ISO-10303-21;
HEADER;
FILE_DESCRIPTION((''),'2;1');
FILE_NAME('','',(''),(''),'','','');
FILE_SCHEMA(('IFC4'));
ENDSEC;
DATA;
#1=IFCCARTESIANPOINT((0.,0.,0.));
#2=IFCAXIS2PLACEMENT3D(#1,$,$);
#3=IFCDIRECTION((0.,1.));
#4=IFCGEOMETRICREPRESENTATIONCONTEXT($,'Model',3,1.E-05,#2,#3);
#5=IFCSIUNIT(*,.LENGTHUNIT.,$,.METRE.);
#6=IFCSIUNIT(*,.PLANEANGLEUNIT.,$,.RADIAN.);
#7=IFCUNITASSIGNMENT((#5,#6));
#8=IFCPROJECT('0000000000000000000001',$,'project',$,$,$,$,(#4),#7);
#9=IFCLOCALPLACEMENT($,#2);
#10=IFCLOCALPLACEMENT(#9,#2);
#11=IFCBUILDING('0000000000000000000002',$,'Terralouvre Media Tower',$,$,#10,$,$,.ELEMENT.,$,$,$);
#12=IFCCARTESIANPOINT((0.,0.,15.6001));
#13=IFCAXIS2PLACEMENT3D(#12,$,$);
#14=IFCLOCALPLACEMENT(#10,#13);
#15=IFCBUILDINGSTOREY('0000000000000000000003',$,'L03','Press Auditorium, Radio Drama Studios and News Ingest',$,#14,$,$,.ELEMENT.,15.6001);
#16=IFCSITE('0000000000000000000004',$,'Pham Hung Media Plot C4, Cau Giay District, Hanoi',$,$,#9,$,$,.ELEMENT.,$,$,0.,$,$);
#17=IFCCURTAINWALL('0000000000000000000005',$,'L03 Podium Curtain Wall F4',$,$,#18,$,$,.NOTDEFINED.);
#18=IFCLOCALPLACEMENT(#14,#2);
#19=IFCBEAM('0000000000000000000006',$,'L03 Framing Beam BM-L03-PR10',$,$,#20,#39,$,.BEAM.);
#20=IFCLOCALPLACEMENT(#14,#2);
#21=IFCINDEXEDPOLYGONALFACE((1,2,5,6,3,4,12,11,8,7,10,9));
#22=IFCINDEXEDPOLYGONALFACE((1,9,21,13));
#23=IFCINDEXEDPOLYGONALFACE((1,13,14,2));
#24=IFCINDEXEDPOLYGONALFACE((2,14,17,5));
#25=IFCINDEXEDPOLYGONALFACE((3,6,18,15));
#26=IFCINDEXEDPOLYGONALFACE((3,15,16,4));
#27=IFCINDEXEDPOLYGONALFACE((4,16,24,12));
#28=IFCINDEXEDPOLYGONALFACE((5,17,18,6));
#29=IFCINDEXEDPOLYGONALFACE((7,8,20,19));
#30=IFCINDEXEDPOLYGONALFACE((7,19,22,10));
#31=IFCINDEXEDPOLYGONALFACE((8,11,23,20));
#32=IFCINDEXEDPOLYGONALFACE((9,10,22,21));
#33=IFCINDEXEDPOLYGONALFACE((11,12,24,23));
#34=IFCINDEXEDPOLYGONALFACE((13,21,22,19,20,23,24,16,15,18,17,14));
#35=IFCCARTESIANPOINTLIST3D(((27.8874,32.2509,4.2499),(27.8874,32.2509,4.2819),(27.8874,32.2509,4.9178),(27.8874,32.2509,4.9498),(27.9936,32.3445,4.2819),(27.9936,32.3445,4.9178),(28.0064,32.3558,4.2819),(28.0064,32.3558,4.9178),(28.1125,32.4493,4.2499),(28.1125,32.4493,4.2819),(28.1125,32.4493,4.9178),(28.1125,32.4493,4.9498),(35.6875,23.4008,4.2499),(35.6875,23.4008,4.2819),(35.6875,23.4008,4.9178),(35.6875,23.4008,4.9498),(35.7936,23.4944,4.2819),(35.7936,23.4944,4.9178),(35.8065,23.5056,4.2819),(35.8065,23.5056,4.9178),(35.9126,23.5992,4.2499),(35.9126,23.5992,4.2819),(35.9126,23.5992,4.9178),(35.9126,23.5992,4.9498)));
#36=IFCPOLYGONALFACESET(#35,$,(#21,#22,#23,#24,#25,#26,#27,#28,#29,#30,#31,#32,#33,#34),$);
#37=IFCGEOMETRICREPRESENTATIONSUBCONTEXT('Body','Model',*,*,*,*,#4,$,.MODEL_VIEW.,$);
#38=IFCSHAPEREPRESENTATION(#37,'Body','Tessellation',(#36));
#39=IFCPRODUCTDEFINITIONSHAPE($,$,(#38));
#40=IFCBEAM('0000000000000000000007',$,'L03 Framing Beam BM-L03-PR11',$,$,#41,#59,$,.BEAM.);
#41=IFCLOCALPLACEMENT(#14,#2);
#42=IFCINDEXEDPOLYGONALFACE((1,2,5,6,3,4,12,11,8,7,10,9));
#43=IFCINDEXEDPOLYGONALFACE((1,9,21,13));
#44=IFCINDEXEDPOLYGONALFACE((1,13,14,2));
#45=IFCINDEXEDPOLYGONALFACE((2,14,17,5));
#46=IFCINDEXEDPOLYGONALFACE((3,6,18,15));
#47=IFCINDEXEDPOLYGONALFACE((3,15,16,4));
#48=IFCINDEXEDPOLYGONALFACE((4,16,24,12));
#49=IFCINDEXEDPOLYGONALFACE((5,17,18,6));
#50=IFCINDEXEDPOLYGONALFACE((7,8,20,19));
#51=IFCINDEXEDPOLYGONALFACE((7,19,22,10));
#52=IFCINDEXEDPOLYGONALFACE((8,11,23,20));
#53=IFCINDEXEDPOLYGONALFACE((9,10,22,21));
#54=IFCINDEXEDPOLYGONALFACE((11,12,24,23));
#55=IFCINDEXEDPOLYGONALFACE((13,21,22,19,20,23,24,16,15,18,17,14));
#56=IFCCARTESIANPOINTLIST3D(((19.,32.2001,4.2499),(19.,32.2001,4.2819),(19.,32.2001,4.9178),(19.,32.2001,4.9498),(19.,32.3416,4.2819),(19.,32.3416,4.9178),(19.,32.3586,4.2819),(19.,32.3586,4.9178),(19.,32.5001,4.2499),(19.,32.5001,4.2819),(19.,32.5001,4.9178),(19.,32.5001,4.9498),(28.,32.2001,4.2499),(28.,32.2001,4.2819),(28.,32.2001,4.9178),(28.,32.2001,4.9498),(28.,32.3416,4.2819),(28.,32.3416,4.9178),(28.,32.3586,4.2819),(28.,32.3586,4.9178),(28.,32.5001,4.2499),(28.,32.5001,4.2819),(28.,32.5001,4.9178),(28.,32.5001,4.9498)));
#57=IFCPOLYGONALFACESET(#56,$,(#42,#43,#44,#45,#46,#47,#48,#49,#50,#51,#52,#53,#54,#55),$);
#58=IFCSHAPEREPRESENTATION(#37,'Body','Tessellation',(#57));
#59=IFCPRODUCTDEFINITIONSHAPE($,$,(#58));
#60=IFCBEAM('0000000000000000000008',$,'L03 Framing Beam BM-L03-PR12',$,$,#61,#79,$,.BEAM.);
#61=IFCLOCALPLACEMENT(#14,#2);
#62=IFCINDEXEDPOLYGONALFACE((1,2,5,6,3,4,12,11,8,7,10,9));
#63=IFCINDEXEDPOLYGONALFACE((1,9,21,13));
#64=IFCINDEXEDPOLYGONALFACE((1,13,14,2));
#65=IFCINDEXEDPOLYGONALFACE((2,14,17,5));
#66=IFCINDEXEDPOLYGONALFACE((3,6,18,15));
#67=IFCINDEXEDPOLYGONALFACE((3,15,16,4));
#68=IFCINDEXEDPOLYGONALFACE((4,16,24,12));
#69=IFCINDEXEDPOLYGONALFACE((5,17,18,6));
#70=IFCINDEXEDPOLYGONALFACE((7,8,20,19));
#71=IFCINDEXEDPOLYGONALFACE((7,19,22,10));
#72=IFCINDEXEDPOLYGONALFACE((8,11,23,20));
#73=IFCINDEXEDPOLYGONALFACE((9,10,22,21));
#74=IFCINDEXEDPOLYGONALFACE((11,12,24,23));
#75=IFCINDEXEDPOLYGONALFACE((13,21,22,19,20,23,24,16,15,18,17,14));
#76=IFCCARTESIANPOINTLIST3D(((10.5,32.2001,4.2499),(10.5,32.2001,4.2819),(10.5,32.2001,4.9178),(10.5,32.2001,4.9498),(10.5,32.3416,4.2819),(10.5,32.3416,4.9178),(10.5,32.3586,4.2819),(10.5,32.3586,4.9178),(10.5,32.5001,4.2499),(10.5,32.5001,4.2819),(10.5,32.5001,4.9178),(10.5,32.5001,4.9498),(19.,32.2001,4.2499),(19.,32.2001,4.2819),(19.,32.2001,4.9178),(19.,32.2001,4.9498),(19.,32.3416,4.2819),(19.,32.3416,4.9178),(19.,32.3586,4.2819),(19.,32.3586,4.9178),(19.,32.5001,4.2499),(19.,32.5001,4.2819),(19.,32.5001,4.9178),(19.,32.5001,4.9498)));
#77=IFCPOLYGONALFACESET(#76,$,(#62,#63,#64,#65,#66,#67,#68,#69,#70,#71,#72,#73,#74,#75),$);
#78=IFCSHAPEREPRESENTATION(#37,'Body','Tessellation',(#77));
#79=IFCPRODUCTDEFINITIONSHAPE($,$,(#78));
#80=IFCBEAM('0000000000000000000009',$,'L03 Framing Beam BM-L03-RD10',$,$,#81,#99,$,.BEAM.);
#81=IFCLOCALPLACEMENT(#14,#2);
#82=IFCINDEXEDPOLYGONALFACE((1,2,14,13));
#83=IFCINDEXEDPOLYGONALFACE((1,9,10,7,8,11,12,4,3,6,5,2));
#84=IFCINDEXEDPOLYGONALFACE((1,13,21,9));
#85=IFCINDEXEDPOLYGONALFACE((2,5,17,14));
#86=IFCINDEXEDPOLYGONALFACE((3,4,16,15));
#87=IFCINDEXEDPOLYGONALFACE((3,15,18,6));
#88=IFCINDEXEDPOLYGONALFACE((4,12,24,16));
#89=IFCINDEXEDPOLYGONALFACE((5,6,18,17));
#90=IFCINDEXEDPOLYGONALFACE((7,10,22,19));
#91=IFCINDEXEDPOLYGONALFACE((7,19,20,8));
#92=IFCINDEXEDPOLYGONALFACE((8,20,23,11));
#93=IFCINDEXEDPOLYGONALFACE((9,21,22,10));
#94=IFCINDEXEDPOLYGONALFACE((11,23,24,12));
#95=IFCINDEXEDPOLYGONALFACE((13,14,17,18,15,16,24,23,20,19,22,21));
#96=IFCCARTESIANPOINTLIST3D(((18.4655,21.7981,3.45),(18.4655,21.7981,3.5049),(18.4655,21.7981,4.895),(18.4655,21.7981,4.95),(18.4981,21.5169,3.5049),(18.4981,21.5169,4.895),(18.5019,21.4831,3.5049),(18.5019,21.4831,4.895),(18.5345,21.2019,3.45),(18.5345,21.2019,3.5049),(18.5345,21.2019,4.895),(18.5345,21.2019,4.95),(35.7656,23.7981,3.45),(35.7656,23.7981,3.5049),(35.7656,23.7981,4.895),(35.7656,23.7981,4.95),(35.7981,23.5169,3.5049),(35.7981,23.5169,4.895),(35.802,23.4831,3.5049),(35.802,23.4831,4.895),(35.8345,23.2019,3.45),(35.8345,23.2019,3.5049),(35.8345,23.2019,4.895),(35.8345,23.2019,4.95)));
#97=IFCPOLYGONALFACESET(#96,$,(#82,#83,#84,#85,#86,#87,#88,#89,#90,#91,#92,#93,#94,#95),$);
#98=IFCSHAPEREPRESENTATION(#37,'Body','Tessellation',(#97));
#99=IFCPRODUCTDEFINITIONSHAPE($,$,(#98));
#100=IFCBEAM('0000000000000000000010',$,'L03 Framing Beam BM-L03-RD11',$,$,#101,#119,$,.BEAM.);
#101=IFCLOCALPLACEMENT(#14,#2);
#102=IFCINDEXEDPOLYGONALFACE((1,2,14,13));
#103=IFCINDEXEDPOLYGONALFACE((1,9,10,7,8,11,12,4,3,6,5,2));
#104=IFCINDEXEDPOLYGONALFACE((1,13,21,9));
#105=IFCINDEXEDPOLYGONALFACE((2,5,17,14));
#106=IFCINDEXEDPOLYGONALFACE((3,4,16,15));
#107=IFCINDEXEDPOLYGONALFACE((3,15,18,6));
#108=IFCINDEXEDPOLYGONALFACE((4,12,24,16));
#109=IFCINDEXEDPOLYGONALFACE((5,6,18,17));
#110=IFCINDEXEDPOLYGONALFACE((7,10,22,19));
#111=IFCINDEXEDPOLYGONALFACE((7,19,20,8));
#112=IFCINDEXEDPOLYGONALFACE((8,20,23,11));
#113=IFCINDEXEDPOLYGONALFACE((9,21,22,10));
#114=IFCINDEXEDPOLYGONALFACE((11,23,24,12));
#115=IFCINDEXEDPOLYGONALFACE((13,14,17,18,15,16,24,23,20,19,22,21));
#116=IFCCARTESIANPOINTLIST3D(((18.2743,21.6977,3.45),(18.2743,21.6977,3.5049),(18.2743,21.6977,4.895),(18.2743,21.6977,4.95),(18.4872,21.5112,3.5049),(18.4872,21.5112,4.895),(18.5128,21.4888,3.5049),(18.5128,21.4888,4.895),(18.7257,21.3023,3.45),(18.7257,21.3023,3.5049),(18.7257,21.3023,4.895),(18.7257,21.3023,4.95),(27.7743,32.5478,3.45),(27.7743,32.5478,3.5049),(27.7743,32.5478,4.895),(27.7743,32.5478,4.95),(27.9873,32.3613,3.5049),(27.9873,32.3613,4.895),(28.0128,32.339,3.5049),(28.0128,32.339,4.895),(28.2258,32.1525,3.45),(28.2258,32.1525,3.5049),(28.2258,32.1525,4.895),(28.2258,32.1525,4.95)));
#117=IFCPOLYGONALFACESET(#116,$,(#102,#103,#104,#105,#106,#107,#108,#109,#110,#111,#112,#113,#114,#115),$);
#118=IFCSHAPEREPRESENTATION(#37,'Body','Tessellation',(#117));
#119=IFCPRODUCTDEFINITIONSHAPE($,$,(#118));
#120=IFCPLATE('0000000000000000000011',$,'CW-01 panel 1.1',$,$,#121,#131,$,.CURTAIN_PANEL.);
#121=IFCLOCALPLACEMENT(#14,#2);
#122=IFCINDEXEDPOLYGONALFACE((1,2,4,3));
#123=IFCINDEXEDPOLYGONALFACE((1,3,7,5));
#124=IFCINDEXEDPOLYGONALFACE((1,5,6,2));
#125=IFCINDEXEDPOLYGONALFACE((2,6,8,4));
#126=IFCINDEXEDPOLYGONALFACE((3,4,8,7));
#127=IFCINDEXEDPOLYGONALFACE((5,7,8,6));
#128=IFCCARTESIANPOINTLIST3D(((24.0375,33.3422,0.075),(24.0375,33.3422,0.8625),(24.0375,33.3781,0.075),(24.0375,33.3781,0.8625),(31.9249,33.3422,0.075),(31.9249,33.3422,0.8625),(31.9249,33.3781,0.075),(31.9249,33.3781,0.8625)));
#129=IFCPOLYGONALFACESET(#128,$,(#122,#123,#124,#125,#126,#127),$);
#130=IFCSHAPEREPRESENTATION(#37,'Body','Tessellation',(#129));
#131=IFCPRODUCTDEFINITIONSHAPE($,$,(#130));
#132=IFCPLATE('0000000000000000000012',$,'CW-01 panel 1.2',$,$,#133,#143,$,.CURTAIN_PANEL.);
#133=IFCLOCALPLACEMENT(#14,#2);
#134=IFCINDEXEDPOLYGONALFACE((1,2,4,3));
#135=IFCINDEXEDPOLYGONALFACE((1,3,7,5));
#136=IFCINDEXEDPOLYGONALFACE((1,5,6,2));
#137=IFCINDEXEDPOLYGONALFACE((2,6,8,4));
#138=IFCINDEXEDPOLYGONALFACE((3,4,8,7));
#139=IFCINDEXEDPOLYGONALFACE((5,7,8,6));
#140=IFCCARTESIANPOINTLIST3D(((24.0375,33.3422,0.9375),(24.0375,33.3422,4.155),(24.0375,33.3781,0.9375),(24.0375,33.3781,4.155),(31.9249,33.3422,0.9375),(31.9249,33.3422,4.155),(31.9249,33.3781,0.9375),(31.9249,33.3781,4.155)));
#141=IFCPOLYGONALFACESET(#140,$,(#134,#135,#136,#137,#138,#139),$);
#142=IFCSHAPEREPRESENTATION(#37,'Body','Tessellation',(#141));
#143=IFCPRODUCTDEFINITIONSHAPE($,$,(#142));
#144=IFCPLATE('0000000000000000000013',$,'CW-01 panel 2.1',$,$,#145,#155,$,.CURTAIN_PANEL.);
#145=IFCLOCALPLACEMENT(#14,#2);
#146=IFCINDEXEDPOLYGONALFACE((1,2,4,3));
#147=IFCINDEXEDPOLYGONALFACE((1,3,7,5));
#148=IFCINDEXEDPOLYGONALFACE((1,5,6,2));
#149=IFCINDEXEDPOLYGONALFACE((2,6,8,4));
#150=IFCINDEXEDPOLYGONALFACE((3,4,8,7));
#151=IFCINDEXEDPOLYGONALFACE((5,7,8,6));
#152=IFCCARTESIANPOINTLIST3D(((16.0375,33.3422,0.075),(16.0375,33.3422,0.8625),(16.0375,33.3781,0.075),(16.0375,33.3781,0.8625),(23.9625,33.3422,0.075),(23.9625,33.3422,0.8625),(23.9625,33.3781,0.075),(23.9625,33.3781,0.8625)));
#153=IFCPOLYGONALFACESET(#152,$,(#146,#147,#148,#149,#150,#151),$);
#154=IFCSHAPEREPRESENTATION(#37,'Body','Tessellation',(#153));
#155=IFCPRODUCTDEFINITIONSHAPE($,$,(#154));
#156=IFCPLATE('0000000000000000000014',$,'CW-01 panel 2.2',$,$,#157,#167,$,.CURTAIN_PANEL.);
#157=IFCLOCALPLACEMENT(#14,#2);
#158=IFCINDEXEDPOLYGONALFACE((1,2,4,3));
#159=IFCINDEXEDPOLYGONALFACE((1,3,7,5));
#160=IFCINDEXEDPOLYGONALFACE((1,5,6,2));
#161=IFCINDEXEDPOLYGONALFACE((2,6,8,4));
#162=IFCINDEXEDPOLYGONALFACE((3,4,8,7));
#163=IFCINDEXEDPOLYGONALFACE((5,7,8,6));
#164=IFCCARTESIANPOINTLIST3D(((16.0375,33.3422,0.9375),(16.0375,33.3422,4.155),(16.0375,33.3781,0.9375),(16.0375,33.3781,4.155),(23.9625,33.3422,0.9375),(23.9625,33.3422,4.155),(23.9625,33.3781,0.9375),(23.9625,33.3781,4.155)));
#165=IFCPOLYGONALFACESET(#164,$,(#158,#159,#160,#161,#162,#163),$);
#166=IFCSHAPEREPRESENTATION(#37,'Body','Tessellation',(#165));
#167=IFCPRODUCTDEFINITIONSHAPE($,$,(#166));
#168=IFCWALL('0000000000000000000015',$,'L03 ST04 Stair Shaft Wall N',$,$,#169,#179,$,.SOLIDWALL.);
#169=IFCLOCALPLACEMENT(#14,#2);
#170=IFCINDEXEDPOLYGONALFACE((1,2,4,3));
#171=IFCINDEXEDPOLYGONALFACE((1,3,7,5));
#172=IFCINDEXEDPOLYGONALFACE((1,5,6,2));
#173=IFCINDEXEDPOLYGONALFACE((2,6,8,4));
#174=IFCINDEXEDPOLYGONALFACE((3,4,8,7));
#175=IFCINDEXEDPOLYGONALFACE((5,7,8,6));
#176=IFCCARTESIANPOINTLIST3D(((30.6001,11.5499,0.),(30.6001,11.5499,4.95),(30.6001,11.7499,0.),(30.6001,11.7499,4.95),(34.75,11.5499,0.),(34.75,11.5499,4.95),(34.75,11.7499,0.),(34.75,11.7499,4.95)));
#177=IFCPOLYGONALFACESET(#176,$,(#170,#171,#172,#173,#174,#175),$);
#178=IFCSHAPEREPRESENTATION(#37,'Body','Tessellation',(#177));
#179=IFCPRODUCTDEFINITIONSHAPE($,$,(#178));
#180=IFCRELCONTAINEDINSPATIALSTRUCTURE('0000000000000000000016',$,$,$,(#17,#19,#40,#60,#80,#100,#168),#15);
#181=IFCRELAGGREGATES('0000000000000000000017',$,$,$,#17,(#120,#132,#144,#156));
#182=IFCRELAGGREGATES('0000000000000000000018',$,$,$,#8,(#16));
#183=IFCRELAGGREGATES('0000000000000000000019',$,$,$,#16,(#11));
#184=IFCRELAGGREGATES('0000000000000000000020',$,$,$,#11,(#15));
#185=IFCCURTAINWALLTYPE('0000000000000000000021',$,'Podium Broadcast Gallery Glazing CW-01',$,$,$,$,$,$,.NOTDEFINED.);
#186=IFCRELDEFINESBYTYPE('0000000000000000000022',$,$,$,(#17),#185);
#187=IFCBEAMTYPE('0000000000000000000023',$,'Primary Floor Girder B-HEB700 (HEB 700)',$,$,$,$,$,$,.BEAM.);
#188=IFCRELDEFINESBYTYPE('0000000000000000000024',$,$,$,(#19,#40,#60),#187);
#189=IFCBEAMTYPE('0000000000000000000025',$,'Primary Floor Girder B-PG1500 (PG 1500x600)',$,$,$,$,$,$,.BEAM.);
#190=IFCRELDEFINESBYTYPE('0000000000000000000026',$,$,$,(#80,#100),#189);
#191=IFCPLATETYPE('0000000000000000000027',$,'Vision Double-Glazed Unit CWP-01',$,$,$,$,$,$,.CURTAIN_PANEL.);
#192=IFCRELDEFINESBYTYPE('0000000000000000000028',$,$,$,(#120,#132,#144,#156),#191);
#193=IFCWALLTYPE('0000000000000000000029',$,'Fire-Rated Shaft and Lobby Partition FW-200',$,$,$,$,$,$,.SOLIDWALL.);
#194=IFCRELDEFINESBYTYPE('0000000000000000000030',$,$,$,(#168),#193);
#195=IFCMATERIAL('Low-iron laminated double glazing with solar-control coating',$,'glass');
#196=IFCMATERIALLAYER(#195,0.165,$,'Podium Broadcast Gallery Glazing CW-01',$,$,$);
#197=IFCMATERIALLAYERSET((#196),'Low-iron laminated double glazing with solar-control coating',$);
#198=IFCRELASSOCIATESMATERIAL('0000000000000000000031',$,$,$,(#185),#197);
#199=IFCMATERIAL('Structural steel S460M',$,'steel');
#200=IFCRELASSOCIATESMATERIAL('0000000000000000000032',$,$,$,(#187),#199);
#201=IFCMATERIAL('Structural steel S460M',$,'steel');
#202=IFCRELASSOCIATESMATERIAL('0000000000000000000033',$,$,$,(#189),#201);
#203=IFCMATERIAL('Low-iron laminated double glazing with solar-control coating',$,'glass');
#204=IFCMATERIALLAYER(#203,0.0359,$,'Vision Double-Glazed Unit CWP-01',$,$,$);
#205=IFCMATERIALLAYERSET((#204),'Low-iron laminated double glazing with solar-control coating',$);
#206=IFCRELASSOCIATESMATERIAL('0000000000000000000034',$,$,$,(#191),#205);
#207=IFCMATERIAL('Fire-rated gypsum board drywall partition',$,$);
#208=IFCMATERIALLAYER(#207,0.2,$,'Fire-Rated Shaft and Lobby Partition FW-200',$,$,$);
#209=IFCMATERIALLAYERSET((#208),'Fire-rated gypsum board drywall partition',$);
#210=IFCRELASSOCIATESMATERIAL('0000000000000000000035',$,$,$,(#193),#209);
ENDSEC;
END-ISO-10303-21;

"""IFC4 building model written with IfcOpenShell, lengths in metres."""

from ifc_helpers import new_model, si_unit, direction, frame, frame_2d, origin, origin_2d, place, context, subcontext, project, spatial, rectangle, i_section, extrude, material, layer, layer_set, material_profile, profile_set, type_object, element, aggregate, save


model = new_model("IFC4")

# Units and contexts
model_context = context("Model", 3, precision=1e-05, world=origin(), true_north=direction((0.0, 1.0)))
body_context = subcontext(model_context, "Body", "Model", "MODEL_VIEW")
ifc_project = project(units=[si_unit("LENGTHUNIT", "METRE"), si_unit("PLANEANGLEUNIT", "RADIAN")], contexts=[model_context])

# Site, building, storey
site_placement = place(None, origin())
site = spatial("IfcSite", under=ifc_project, at=site_placement, Name="Pham Hung Media Plot C4, Cau Giay District, Hanoi", CompositionType="ELEMENT", RefElevation=0.0)
building_placement = place(site_placement, origin())
building = spatial("IfcBuilding", under=site, at=building_placement, Name="Terralouvre Media Tower", CompositionType="ELEMENT")
storey_placement = place(building_placement, frame((0.0, 0.0, 15.6001)))
storey = spatial("IfcBuildingStorey", under=building, at=storey_placement, Name="L03", Description="Press Auditorium, Radio Drama Studios and News Ingest", CompositionType="ELEMENT", Elevation=15.6001)

# Curtain wall
ifc_material_1 = material(Name="Low-iron laminated double glazing with solar-control coating", Category="glass")
ifc_layer_1 = layer(ifc_material_1, 0.165, Name="Podium Broadcast Gallery Glazing CW-01")
ifc_layer_set_1 = layer_set([ifc_layer_1], Name="Low-iron laminated double glazing with solar-control coating")
curtain_wall_type = type_object("IfcCurtainWallType", Name="Podium Broadcast Gallery Glazing CW-01", PredefinedType="NOTDEFINED", material=ifc_layer_set_1)
curtain_wall_placement = place(storey_placement, origin())
curtain_wall = element("IfcCurtainWall", 1, at=curtain_wall_placement, inside=storey, type_object=curtain_wall_type, Name="L03 Podium Curtain Wall F4", PredefinedType="NOTDEFINED")

# Beams
ifc_material_2 = material(Name="Structural steel S460M", Category="steel")
ifc_material_profile_1 = material_profile(ifc_material_2, i_section(OverallWidth=0.3, OverallDepth=0.7, WebThickness=0.0171, FlangeThickness=0.032, at=origin_2d()), Name="HEB 700")
ifc_profile_set_1 = profile_set([ifc_material_profile_1], Name="Structural steel S460M")
beam_type_1 = type_object("IfcBeamType", Name="Primary Floor Girder B-HEB700 (HEB 700)", PredefinedType="BEAM", material=ifc_profile_set_1)
beam_1_placement = place(storey_placement, frame((35.8, 23.5, 4.5999), z_axis=(-0.661199, 0.75021, 0.0), x_axis=(-0.75021, -0.661199, 0.0)))
element("IfcBeam", 2, at=beam_1_placement, inside=storey, type_object=beam_type_1, Name="L03 Framing Beam BM-L03-PR10", PredefinedType="BEAM", context=body_context, shape_type="SweptSolid", body=[
    extrude(i_section(OverallWidth=0.3, OverallDepth=0.7, WebThickness=0.0171, FlangeThickness=0.032, at=origin_2d()), origin(), (0.0, 0.0, 1.0), 11.7969),
])
beam_2_placement = place(storey_placement, frame((28.0, 32.3501, 4.5999), z_axis=(-1.0, 0.0, 0.0), x_axis=(0.0, -1.0, 0.0)))
element("IfcBeam", 3, at=beam_2_placement, inside=storey, type_object=beam_type_1, Name="L03 Framing Beam BM-L03-PR11", PredefinedType="BEAM", context=body_context, shape_type="SweptSolid", body=[
    extrude(i_section(OverallWidth=0.3, OverallDepth=0.7, WebThickness=0.0171, FlangeThickness=0.032, at=origin_2d()), origin(), (0.0, 0.0, 1.0), 9.0),
])
beam_3_placement = place(storey_placement, frame((19.0, 32.3501, 4.5999), z_axis=(-1.0, 0.0, 0.0), x_axis=(0.0, -1.0, 0.0)))
element("IfcBeam", 4, at=beam_3_placement, inside=storey, type_object=beam_type_1, Name="L03 Framing Beam BM-L03-PR12", PredefinedType="BEAM", context=body_context, shape_type="SweptSolid", body=[
    extrude(i_section(OverallWidth=0.3, OverallDepth=0.7, WebThickness=0.0171, FlangeThickness=0.032, at=origin_2d()), origin(), (0.0, 0.0, 1.0), 8.5),
])
ifc_material_3 = material(Name="Structural steel S460M", Category="steel")
ifc_material_profile_2 = material_profile(ifc_material_3, i_section(OverallWidth=0.6001, OverallDepth=1.5, WebThickness=0.0339, FlangeThickness=0.0549, at=origin_2d()), Name="PG 1500x600")
ifc_profile_set_2 = profile_set([ifc_material_profile_2], Name="Structural steel S460M")
beam_type_2 = type_object("IfcBeamType", Name="Primary Floor Girder B-PG1500 (PG 1500x600)", PredefinedType="BEAM", material=ifc_profile_set_2)
beam_4_placement = place(storey_placement, frame((18.5, 21.5, 4.2), z_axis=(0.993384, 0.114842, 0.0), x_axis=(-0.114842, 0.993384, 0.0)))
element("IfcBeam", 5, at=beam_4_placement, inside=storey, type_object=beam_type_2, Name="L03 Framing Beam BM-L03-RD10", PredefinedType="BEAM", context=body_context, shape_type="SweptSolid", body=[
    extrude(i_section(OverallWidth=0.6001, OverallDepth=1.5, WebThickness=0.0339, FlangeThickness=0.0549, at=origin_2d()), origin(), (0.0, 0.0, 1.0), 17.4153),
])
beam_5_placement = place(storey_placement, frame((18.5, 21.5, 4.2), z_axis=(0.658747, 0.752365, 0.0), x_axis=(-0.752365, 0.658747, 0.0)))
element("IfcBeam", 6, at=beam_5_placement, inside=storey, type_object=beam_type_2, Name="L03 Framing Beam BM-L03-RD11", PredefinedType="BEAM", context=body_context, shape_type="SweptSolid", body=[
    extrude(i_section(OverallWidth=0.6001, OverallDepth=1.5, WebThickness=0.0339, FlangeThickness=0.0549, at=origin_2d()), origin(), (0.0, 0.0, 1.0), 14.4214),
])

# Plates
ifc_material_4 = material(Name="Low-iron laminated double glazing with solar-control coating", Category="glass")
ifc_layer_2 = layer(ifc_material_4, 0.0359, Name="Vision Double-Glazed Unit CWP-01")
ifc_layer_set_2 = layer_set([ifc_layer_2], Name="Low-iron laminated double glazing with solar-control coating")
plate_type = type_object("IfcPlateType", Name="Vision Double-Glazed Unit CWP-01", PredefinedType="CURTAIN_PANEL", material=ifc_layer_set_2)
plate_1_placement = place(storey_placement, frame((27.9812, 33.3601, 0.075), z_axis=(0.0, 0.0, 1.0), x_axis=(-1.0, 0.0, 0.0)))
plate_1 = element("IfcPlate", 7, at=plate_1_placement, type_object=plate_type, Name="CW-01 panel 1.1", PredefinedType="CURTAIN_PANEL", context=body_context, shape_type="SweptSolid", body=[
    extrude(rectangle(XDim=7.8875, YDim=0.0359, at=origin_2d()), origin(), (0.0, 0.0, 1.0), 0.7876),
])
plate_2_placement = place(storey_placement, frame((27.9812, 33.3601, 0.9375), z_axis=(0.0, 0.0, 1.0), x_axis=(-1.0, 0.0, 0.0)))
plate_2 = element("IfcPlate", 8, at=plate_2_placement, type_object=plate_type, Name="CW-01 panel 1.2", PredefinedType="CURTAIN_PANEL", context=body_context, shape_type="SweptSolid", body=[
    extrude(rectangle(XDim=7.8875, YDim=0.0359, at=origin_2d()), origin(), (0.0, 0.0, 1.0), 3.2175),
])
plate_3_placement = place(storey_placement, frame((20.0, 33.3601, 0.075), z_axis=(0.0, 0.0, 1.0), x_axis=(-1.0, 0.0, 0.0)))
plate_3 = element("IfcPlate", 9, at=plate_3_placement, type_object=plate_type, Name="CW-01 panel 2.1", PredefinedType="CURTAIN_PANEL", context=body_context, shape_type="SweptSolid", body=[
    extrude(rectangle(XDim=7.925, YDim=0.0359, at=origin_2d()), origin(), (0.0, 0.0, 1.0), 0.7876),
])
plate_4_placement = place(storey_placement, frame((20.0, 33.3601, 0.9375), z_axis=(0.0, 0.0, 1.0), x_axis=(-1.0, 0.0, 0.0)))
plate_4 = element("IfcPlate", 10, at=plate_4_placement, type_object=plate_type, Name="CW-01 panel 2.2", PredefinedType="CURTAIN_PANEL", context=body_context, shape_type="SweptSolid", body=[
    extrude(rectangle(XDim=7.925, YDim=0.0359, at=origin_2d()), origin(), (0.0, 0.0, 1.0), 3.2175),
])
aggregate(curtain_wall, [plate_1, plate_2, plate_3, plate_4])

# Wall
ifc_material_5 = material(Name="Fire-rated gypsum board drywall partition")
ifc_layer_3 = layer(ifc_material_5, 0.2, Name="Fire-Rated Shaft and Lobby Partition FW-200")
ifc_layer_set_3 = layer_set([ifc_layer_3], Name="Fire-rated gypsum board drywall partition")
wall_type_1 = type_object("IfcWallType", Name="Fire-Rated Shaft and Lobby Partition FW-200", PredefinedType="SOLIDWALL", material=ifc_layer_set_3)
wall_1_placement = place(storey_placement, frame((34.75, 11.6499, 0.0), z_axis=(0.0, 0.0, 1.0), x_axis=(-1.0, 0.0, 0.0)))
element("IfcWall", 11, at=wall_1_placement, inside=storey, type_object=wall_type_1, Name="L03 ST04 Stair Shaft Wall N", PredefinedType="SOLIDWALL", context=body_context, shape_type="SweptSolid", body=[
    extrude(rectangle(XDim=4.1499, YDim=0.2, at=frame_2d((2.075, 0.0))), origin(), (0.0, 0.0, 1.0), 4.95),
])

save(model, "model.ifc")
